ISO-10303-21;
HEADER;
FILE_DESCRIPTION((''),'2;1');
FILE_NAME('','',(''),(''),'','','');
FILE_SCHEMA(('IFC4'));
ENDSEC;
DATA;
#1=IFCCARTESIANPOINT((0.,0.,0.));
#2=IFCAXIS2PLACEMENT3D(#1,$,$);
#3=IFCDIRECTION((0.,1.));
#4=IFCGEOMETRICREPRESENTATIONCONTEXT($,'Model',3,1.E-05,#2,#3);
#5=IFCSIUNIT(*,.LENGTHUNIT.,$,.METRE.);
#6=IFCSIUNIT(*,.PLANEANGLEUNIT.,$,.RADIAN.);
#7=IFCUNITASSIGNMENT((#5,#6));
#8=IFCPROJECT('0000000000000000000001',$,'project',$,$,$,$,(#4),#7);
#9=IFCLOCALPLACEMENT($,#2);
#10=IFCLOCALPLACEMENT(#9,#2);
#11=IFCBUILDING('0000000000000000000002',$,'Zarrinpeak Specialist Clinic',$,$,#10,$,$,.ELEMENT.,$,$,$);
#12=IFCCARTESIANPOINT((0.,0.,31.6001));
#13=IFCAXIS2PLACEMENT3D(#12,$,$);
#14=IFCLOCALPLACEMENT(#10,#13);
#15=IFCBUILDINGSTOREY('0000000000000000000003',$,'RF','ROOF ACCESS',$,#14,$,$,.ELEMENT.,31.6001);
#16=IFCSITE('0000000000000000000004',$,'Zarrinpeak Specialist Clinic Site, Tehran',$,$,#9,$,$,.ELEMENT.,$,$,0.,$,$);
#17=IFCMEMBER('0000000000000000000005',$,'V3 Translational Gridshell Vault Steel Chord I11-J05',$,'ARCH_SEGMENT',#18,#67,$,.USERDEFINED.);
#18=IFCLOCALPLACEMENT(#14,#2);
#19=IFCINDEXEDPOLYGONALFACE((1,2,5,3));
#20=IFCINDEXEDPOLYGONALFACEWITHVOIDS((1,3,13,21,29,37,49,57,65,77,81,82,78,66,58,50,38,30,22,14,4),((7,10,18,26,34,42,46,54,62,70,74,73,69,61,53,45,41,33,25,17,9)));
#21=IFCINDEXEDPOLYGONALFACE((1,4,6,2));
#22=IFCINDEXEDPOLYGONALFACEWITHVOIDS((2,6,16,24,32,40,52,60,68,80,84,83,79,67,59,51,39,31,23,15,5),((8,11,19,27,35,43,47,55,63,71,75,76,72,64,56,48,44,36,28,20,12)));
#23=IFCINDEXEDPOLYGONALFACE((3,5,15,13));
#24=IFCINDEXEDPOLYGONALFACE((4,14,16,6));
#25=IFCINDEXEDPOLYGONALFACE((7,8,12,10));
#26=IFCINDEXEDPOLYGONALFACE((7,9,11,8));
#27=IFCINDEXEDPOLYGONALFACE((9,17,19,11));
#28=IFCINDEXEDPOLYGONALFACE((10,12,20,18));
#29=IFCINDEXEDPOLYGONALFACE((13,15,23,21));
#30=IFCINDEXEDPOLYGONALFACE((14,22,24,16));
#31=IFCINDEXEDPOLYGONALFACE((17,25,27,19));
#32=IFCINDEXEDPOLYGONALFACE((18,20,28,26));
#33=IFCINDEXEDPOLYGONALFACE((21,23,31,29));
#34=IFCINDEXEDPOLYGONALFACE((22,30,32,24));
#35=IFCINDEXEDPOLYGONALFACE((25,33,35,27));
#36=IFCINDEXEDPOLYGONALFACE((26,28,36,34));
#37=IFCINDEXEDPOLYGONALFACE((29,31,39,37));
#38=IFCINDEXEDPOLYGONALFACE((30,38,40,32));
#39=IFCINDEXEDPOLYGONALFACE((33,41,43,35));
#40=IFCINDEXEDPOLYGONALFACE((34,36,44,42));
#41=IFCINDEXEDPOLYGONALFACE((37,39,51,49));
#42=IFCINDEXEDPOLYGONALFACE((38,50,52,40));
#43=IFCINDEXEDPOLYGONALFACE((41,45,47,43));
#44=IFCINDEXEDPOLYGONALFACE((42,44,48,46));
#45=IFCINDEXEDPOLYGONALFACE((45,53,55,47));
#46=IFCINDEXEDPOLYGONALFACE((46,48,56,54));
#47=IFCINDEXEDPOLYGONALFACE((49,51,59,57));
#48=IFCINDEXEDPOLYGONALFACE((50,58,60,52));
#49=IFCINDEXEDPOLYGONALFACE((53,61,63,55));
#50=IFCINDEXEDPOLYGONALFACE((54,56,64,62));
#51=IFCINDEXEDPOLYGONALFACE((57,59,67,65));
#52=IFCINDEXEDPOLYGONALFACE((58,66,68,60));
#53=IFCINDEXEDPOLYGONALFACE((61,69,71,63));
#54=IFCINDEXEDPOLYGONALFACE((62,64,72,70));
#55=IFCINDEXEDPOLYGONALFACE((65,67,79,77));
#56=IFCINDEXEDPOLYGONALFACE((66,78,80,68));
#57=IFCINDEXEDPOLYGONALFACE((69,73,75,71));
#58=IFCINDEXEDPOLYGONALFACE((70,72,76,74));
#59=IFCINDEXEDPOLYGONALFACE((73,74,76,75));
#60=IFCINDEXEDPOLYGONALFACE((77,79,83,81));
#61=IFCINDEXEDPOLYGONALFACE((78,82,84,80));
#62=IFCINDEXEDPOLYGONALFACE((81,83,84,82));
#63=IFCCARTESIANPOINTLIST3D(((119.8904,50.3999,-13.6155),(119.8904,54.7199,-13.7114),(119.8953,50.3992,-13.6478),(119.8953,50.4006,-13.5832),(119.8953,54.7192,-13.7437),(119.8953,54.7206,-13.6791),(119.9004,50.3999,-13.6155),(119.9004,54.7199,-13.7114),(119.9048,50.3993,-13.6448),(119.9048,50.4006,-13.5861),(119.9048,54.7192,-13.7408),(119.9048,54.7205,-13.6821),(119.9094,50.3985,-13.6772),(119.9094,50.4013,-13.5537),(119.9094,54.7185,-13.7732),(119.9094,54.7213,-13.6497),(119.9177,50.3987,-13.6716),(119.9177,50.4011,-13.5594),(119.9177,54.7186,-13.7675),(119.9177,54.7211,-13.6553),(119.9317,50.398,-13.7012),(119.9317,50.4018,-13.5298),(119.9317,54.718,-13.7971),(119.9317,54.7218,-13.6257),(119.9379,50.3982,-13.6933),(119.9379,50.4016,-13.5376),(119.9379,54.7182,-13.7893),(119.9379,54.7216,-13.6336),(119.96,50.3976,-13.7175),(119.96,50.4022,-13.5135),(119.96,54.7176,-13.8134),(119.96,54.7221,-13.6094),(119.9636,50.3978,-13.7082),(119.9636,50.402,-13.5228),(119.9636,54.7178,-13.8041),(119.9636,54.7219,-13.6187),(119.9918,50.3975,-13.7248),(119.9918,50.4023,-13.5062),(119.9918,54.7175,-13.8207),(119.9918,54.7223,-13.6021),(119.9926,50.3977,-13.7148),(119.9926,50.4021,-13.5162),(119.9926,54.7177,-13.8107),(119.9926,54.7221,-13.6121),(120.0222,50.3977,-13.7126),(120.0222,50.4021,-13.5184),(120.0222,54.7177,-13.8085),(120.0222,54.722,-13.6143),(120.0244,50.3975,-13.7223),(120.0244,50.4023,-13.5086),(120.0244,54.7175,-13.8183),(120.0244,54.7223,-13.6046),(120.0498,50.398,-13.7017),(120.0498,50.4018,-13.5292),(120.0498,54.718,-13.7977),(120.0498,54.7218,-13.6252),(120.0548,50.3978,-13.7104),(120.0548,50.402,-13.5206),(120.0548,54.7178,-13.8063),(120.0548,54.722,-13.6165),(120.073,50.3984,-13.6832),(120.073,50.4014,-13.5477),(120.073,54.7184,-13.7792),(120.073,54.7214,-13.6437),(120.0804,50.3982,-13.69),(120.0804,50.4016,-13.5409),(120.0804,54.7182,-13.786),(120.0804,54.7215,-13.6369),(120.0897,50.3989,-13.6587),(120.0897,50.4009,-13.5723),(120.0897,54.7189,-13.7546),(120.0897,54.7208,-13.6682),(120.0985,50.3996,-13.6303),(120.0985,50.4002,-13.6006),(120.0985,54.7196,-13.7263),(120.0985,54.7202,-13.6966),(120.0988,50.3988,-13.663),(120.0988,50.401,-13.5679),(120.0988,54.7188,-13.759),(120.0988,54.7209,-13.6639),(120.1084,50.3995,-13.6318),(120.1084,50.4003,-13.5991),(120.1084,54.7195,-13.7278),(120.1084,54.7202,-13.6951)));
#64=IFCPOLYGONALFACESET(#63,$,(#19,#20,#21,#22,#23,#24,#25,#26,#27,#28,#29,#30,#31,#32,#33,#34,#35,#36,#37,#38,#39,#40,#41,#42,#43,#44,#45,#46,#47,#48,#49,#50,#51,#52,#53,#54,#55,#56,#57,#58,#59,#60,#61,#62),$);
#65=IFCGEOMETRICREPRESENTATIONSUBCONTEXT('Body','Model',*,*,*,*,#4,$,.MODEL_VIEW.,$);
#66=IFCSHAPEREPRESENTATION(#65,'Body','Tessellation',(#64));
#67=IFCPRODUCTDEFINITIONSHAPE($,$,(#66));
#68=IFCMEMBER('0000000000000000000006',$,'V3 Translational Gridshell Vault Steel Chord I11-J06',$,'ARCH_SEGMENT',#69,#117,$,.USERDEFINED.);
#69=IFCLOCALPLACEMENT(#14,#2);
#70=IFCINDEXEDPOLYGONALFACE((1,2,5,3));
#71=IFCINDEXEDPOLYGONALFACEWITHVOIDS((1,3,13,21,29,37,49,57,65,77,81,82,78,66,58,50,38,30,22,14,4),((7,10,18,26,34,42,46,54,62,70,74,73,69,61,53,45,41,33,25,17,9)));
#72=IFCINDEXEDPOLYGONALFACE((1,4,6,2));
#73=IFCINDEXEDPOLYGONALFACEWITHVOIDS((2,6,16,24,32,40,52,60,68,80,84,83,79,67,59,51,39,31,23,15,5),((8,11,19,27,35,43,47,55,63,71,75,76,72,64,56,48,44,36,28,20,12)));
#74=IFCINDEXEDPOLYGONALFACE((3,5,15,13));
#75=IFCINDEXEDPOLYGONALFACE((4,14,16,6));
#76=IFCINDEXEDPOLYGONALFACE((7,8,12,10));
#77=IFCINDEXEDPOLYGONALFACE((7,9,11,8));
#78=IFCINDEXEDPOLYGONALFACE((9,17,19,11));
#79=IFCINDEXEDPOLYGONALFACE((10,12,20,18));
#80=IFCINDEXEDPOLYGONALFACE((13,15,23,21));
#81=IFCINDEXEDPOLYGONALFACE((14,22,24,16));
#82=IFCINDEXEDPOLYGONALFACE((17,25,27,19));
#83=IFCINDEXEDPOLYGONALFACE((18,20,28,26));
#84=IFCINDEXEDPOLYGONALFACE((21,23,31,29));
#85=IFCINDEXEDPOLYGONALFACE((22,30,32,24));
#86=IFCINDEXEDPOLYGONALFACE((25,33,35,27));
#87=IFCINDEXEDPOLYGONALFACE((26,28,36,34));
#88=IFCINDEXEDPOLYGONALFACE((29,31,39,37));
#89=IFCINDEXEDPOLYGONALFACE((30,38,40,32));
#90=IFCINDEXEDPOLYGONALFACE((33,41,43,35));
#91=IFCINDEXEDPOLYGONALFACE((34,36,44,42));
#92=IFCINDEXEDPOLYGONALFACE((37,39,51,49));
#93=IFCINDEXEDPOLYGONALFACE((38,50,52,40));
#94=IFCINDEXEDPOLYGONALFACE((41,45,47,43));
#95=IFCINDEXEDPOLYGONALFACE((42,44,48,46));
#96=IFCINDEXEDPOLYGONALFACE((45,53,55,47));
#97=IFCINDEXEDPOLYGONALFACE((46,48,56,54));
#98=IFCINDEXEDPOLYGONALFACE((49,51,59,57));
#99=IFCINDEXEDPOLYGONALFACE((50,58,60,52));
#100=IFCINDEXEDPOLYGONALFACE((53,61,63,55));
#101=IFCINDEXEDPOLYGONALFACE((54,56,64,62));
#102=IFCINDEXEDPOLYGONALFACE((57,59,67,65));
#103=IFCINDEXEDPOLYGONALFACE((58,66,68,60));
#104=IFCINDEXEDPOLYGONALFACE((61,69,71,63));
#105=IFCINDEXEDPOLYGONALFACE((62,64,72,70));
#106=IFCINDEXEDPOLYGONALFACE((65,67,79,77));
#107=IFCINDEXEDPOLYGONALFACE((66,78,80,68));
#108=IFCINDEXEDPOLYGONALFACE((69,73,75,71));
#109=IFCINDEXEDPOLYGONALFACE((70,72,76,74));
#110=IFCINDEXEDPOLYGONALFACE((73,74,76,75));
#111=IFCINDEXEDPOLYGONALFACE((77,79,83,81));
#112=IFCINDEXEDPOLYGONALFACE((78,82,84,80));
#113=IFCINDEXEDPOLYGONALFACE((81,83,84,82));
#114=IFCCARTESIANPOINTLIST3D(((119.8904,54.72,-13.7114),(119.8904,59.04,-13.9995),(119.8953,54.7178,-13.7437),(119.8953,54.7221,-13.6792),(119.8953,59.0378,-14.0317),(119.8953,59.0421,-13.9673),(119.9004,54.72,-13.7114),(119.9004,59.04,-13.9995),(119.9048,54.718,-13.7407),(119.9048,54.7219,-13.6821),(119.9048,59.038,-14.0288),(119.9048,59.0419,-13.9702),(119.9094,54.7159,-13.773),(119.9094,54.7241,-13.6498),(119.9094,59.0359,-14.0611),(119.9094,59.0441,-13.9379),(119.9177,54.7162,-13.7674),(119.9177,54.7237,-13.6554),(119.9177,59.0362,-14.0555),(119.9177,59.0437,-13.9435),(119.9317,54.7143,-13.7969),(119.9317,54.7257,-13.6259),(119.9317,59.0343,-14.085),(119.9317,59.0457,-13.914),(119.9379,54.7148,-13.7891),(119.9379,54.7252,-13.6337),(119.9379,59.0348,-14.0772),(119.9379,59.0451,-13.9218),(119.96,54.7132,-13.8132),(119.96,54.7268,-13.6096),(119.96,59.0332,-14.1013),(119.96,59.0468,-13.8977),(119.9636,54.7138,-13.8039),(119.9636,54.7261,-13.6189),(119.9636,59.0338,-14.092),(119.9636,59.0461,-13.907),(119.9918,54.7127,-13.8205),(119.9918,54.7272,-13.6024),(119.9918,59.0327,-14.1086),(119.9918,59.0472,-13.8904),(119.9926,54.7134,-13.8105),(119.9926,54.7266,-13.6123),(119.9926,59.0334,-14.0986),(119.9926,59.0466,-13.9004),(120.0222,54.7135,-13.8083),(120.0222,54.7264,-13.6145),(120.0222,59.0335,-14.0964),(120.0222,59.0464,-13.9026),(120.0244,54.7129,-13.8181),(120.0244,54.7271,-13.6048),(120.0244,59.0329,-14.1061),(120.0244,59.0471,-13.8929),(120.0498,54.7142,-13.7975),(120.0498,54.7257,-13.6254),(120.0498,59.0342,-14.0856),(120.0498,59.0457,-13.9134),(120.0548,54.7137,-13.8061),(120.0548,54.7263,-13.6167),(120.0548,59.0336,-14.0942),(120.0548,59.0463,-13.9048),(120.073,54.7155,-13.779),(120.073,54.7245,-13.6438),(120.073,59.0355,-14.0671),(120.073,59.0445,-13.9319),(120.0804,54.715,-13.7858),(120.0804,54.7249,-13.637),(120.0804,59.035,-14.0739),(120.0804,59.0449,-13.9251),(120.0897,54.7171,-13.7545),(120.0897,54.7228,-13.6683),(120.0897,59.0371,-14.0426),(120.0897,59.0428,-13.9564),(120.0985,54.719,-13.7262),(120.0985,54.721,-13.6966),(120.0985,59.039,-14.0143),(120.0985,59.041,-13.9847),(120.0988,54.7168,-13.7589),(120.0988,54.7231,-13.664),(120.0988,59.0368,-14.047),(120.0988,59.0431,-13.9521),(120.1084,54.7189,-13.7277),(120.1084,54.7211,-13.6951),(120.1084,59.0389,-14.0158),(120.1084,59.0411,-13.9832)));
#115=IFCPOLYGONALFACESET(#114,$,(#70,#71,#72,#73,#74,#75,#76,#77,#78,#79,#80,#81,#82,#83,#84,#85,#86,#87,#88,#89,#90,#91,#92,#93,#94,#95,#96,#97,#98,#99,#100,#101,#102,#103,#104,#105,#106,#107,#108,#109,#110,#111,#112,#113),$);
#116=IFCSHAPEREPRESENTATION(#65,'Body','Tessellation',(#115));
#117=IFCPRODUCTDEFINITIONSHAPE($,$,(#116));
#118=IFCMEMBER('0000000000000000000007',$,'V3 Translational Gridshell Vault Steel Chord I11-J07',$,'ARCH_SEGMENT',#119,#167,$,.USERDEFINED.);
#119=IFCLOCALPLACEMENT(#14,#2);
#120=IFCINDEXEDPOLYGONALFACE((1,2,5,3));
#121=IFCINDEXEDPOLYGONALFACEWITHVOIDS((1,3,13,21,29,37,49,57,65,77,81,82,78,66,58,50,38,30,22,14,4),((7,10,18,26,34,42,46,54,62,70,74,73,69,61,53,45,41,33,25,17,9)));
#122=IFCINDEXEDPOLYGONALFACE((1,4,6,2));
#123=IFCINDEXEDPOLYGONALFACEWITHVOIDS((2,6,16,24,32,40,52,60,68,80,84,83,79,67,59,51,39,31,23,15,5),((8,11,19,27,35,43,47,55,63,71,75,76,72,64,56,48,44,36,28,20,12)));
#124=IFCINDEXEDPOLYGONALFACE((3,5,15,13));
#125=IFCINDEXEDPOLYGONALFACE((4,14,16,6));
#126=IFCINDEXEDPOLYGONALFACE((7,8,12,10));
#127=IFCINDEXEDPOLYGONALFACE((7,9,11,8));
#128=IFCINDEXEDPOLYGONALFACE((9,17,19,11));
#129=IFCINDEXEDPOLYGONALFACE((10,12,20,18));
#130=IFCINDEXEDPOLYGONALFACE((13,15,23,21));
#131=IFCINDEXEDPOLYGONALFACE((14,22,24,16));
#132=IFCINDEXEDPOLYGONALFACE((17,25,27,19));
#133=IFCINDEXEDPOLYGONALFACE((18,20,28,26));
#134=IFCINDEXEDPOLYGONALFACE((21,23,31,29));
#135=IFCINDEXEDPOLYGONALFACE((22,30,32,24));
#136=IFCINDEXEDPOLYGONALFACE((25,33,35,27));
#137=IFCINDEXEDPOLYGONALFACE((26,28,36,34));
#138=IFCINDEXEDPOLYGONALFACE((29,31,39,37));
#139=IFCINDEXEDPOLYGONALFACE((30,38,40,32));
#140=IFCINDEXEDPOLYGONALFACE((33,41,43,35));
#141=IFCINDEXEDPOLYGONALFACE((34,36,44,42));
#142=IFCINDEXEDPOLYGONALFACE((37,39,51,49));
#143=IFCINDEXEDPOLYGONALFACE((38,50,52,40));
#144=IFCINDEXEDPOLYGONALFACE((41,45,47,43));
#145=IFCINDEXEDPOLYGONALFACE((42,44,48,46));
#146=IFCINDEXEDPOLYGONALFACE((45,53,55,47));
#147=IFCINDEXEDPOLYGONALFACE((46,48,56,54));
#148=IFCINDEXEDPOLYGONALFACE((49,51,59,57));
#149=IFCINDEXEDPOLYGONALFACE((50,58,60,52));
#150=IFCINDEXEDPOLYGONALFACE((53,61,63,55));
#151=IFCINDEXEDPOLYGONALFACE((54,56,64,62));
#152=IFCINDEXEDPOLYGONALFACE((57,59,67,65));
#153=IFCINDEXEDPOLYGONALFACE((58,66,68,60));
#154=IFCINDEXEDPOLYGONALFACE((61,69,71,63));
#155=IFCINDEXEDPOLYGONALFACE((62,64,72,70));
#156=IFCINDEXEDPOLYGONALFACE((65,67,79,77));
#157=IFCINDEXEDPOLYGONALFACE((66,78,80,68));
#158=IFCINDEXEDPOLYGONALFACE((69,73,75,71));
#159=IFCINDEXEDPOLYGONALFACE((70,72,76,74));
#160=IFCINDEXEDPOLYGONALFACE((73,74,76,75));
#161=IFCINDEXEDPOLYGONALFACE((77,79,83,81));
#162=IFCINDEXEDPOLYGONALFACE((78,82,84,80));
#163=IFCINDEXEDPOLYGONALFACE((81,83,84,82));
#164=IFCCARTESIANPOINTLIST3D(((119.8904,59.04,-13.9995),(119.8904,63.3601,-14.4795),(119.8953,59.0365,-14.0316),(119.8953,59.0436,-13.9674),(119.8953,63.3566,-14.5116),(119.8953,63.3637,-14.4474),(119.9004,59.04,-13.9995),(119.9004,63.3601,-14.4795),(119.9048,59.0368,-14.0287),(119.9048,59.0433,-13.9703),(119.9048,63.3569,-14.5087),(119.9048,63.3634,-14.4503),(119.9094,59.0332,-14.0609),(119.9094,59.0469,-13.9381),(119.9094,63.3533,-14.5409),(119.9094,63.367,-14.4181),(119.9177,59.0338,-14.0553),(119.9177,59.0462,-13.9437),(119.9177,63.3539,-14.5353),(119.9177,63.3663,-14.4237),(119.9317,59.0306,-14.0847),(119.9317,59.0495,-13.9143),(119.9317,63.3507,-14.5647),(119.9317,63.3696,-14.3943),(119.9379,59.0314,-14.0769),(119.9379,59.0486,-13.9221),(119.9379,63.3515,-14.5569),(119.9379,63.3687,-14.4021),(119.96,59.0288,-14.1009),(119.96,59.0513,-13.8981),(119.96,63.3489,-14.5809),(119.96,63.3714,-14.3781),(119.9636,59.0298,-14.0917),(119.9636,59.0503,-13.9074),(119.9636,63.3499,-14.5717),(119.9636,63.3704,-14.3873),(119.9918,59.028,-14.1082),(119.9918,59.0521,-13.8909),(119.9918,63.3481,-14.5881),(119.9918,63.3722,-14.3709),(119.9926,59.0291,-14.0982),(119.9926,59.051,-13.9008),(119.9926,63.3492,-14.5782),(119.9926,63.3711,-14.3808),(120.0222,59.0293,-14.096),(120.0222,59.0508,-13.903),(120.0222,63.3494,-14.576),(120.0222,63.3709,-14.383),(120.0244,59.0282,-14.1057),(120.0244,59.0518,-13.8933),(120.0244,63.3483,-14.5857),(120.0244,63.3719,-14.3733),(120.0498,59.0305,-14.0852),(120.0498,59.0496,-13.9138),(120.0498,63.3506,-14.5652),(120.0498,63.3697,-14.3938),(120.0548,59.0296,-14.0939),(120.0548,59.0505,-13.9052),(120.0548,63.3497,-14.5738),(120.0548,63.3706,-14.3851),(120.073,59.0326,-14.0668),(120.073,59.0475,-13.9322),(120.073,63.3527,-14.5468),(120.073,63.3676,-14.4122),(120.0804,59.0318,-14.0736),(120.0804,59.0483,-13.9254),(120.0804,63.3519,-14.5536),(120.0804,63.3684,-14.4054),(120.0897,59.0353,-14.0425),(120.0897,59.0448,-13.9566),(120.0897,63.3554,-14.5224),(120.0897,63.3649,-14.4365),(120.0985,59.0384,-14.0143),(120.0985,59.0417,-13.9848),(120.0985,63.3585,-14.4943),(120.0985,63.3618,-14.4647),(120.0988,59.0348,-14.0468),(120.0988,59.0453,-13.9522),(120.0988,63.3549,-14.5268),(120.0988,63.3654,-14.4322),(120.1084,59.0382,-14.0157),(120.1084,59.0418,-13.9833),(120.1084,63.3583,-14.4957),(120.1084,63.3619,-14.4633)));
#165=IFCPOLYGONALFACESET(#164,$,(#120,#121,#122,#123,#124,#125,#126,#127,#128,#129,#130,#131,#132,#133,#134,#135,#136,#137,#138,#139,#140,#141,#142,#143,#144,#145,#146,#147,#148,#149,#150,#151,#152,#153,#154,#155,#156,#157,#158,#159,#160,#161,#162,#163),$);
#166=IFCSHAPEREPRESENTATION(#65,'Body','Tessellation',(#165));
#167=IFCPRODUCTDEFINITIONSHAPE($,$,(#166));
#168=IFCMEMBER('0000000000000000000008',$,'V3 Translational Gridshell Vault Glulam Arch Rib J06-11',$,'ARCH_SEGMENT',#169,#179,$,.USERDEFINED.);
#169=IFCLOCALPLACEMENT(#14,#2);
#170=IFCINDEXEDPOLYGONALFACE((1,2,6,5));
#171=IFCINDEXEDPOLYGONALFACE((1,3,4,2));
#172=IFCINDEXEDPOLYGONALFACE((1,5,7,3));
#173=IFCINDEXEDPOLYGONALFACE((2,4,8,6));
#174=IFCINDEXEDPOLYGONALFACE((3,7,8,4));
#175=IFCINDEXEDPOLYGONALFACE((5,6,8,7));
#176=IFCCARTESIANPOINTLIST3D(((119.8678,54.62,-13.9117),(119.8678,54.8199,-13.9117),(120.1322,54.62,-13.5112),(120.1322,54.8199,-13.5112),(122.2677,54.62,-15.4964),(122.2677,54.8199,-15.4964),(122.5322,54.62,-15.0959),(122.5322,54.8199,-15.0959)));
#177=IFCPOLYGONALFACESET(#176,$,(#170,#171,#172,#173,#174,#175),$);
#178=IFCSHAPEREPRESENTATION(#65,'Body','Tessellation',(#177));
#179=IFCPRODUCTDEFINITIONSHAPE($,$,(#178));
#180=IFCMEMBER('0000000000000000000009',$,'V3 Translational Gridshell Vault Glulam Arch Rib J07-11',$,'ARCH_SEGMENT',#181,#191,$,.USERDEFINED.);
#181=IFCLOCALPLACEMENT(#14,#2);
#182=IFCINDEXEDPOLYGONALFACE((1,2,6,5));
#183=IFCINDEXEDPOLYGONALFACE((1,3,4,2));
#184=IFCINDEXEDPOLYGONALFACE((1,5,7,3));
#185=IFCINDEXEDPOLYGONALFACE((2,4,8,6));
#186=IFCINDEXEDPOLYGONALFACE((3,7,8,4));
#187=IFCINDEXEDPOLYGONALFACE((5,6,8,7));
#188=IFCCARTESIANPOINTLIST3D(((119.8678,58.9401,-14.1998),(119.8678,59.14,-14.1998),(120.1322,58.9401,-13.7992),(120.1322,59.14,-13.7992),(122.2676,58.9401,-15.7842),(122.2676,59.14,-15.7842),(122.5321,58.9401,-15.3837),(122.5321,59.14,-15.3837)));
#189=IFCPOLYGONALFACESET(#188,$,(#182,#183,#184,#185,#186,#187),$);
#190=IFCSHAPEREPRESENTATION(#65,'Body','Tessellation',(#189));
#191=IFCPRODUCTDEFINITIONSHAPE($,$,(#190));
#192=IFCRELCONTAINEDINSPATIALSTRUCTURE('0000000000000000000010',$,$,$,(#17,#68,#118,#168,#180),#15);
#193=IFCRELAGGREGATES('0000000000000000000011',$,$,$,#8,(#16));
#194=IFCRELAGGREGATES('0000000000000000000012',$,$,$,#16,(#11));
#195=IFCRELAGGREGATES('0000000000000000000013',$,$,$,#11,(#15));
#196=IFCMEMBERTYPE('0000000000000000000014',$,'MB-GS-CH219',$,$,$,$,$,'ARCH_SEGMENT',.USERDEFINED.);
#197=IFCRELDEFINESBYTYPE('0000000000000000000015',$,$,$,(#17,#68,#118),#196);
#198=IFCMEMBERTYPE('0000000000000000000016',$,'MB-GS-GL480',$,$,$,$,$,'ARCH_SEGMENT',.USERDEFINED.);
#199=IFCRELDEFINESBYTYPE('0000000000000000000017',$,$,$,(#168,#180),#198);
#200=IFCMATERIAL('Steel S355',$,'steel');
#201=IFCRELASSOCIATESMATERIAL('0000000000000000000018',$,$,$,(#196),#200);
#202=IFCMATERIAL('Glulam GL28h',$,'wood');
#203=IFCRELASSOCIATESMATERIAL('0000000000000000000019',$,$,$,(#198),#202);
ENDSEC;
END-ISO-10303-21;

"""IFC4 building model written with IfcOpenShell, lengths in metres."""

from ifc_helpers import new_model, si_unit, direction, frame, origin, origin_2d, place, context, subcontext, project, spatial, rectangle, hollow_circle, extrude, material, material_profile, profile_set, type_object, element, save


model = new_model("IFC4")

# Units and contexts
model_context = context("Model", 3, precision=1e-05, world=origin(), true_north=direction((0.0, 1.0)))
body_context = subcontext(model_context, "Body", "Model", "MODEL_VIEW")
ifc_project = project(units=[si_unit("LENGTHUNIT", "METRE"), si_unit("PLANEANGLEUNIT", "RADIAN")], contexts=[model_context])

# Site, building, storey
site_placement = place(None, origin())
site = spatial("IfcSite", under=ifc_project, at=site_placement, Name="Zarrinpeak Specialist Clinic Site, Tehran", CompositionType="ELEMENT", RefElevation=0.0)
building_placement = place(site_placement, origin())
building = spatial("IfcBuilding", under=site, at=building_placement, Name="Zarrinpeak Specialist Clinic", CompositionType="ELEMENT")
storey_placement = place(building_placement, frame((0.0, 0.0, 31.6001)))
storey = spatial("IfcBuildingStorey", under=building, at=storey_placement, Name="RF", Description="ROOF ACCESS", CompositionType="ELEMENT", Elevation=31.6001)

# Members
ifc_material_1 = material(Name="Steel S355", Category="steel")
ifc_material_profile_1 = material_profile(ifc_material_1, hollow_circle(Radius=0.1096, WallThickness=0.01, at=origin_2d()), Name="CHS 219.1x10.0")
ifc_profile_set_1 = profile_set([ifc_material_profile_1], Name="Steel S355")
member_type_1 = type_object("IfcMemberType", Name="MB-GS-CH219", ElementType="ARCH_SEGMENT", PredefinedType="USERDEFINED", material=ifc_profile_set_1)
member_1_placement = place(storey_placement, frame((120.0, 50.3999, -13.6155), z_axis=(0.0, 0.999753, -0.022204), x_axis=(-1.0, 0.0, 0.0)))
element("IfcMember", 1, at=member_1_placement, inside=storey, type_object=member_type_1, Name="V3 Translational Gridshell Vault Steel Chord I11-J05", ObjectType="ARCH_SEGMENT", PredefinedType="USERDEFINED", context=body_context, shape_type="SweptSolid", body=[
    extrude(hollow_circle(Radius=0.1096, WallThickness=0.01, at=origin_2d()), origin(), (0.0, 0.0, 1.0), 4.321),
])
member_2_placement = place(storey_placement, frame((120.0, 54.72, -13.7114), z_axis=(0.0, 0.997784, -0.066538), x_axis=(-1.0, 0.0, 0.0)))
element("IfcMember", 2, at=member_2_placement, inside=storey, type_object=member_type_1, Name="V3 Translational Gridshell Vault Steel Chord I11-J06", ObjectType="ARCH_SEGMENT", PredefinedType="USERDEFINED", context=body_context, shape_type="SweptSolid", body=[
    extrude(hollow_circle(Radius=0.1096, WallThickness=0.01, at=origin_2d()), origin(), (0.0, 0.0, 1.0), 4.3296),
])
member_3_placement = place(storey_placement, frame((120.0, 59.04, -13.9995), z_axis=(0.0, 0.993884, -0.110425), x_axis=(-1.0, 0.0, 0.0)))
element("IfcMember", 3, at=member_3_placement, inside=storey, type_object=member_type_1, Name="V3 Translational Gridshell Vault Steel Chord I11-J07", ObjectType="ARCH_SEGMENT", PredefinedType="USERDEFINED", context=body_context, shape_type="SweptSolid", body=[
    extrude(hollow_circle(Radius=0.1096, WallThickness=0.01, at=origin_2d()), origin(), (0.0, 0.0, 1.0), 4.3467),
])
ifc_material_2 = material(Name="Glulam GL28h", Category="wood")
ifc_material_profile_2 = material_profile(ifc_material_2, rectangle(XDim=0.2, YDim=0.48, at=origin_2d()), Name="GL28h 200x480")
ifc_profile_set_2 = profile_set([ifc_material_profile_2], Name="Glulam GL28h")
member_type_2 = type_object("IfcMemberType", Name="MB-GS-GL480", ElementType="ARCH_SEGMENT", PredefinedType="USERDEFINED", material=ifc_profile_set_2)
member_4_placement = place(storey_placement, frame((120.0, 54.72, -13.7114), z_axis=(0.834484, 0.0, -0.551031), x_axis=(0.0, 1.0, 0.0)))
element("IfcMember", 4, at=member_4_placement, inside=storey, type_object=member_type_2, Name="V3 Translational Gridshell Vault Glulam Arch Rib J06-11", ObjectType="ARCH_SEGMENT", PredefinedType="USERDEFINED", context=body_context, shape_type="SweptSolid", body=[
    extrude(rectangle(XDim=0.2, YDim=0.48, at=origin_2d()), origin(), (0.0, 0.0, 1.0), 2.876),
])
member_5_placement = place(storey_placement, frame((120.0, 59.04, -13.9995), z_axis=(0.834524, 0.0, -0.550972), x_axis=(0.0, 1.0, 0.0)))
element("IfcMember", 5, at=member_5_placement, inside=storey, type_object=member_type_2, Name="V3 Translational Gridshell Vault Glulam Arch Rib J07-11", ObjectType="ARCH_SEGMENT", PredefinedType="USERDEFINED", context=body_context, shape_type="SweptSolid", body=[
    extrude(rectangle(XDim=0.2, YDim=0.48, at=origin_2d()), origin(), (0.0, 0.0, 1.0), 2.8757),
])

save(model, "model.ifc")
